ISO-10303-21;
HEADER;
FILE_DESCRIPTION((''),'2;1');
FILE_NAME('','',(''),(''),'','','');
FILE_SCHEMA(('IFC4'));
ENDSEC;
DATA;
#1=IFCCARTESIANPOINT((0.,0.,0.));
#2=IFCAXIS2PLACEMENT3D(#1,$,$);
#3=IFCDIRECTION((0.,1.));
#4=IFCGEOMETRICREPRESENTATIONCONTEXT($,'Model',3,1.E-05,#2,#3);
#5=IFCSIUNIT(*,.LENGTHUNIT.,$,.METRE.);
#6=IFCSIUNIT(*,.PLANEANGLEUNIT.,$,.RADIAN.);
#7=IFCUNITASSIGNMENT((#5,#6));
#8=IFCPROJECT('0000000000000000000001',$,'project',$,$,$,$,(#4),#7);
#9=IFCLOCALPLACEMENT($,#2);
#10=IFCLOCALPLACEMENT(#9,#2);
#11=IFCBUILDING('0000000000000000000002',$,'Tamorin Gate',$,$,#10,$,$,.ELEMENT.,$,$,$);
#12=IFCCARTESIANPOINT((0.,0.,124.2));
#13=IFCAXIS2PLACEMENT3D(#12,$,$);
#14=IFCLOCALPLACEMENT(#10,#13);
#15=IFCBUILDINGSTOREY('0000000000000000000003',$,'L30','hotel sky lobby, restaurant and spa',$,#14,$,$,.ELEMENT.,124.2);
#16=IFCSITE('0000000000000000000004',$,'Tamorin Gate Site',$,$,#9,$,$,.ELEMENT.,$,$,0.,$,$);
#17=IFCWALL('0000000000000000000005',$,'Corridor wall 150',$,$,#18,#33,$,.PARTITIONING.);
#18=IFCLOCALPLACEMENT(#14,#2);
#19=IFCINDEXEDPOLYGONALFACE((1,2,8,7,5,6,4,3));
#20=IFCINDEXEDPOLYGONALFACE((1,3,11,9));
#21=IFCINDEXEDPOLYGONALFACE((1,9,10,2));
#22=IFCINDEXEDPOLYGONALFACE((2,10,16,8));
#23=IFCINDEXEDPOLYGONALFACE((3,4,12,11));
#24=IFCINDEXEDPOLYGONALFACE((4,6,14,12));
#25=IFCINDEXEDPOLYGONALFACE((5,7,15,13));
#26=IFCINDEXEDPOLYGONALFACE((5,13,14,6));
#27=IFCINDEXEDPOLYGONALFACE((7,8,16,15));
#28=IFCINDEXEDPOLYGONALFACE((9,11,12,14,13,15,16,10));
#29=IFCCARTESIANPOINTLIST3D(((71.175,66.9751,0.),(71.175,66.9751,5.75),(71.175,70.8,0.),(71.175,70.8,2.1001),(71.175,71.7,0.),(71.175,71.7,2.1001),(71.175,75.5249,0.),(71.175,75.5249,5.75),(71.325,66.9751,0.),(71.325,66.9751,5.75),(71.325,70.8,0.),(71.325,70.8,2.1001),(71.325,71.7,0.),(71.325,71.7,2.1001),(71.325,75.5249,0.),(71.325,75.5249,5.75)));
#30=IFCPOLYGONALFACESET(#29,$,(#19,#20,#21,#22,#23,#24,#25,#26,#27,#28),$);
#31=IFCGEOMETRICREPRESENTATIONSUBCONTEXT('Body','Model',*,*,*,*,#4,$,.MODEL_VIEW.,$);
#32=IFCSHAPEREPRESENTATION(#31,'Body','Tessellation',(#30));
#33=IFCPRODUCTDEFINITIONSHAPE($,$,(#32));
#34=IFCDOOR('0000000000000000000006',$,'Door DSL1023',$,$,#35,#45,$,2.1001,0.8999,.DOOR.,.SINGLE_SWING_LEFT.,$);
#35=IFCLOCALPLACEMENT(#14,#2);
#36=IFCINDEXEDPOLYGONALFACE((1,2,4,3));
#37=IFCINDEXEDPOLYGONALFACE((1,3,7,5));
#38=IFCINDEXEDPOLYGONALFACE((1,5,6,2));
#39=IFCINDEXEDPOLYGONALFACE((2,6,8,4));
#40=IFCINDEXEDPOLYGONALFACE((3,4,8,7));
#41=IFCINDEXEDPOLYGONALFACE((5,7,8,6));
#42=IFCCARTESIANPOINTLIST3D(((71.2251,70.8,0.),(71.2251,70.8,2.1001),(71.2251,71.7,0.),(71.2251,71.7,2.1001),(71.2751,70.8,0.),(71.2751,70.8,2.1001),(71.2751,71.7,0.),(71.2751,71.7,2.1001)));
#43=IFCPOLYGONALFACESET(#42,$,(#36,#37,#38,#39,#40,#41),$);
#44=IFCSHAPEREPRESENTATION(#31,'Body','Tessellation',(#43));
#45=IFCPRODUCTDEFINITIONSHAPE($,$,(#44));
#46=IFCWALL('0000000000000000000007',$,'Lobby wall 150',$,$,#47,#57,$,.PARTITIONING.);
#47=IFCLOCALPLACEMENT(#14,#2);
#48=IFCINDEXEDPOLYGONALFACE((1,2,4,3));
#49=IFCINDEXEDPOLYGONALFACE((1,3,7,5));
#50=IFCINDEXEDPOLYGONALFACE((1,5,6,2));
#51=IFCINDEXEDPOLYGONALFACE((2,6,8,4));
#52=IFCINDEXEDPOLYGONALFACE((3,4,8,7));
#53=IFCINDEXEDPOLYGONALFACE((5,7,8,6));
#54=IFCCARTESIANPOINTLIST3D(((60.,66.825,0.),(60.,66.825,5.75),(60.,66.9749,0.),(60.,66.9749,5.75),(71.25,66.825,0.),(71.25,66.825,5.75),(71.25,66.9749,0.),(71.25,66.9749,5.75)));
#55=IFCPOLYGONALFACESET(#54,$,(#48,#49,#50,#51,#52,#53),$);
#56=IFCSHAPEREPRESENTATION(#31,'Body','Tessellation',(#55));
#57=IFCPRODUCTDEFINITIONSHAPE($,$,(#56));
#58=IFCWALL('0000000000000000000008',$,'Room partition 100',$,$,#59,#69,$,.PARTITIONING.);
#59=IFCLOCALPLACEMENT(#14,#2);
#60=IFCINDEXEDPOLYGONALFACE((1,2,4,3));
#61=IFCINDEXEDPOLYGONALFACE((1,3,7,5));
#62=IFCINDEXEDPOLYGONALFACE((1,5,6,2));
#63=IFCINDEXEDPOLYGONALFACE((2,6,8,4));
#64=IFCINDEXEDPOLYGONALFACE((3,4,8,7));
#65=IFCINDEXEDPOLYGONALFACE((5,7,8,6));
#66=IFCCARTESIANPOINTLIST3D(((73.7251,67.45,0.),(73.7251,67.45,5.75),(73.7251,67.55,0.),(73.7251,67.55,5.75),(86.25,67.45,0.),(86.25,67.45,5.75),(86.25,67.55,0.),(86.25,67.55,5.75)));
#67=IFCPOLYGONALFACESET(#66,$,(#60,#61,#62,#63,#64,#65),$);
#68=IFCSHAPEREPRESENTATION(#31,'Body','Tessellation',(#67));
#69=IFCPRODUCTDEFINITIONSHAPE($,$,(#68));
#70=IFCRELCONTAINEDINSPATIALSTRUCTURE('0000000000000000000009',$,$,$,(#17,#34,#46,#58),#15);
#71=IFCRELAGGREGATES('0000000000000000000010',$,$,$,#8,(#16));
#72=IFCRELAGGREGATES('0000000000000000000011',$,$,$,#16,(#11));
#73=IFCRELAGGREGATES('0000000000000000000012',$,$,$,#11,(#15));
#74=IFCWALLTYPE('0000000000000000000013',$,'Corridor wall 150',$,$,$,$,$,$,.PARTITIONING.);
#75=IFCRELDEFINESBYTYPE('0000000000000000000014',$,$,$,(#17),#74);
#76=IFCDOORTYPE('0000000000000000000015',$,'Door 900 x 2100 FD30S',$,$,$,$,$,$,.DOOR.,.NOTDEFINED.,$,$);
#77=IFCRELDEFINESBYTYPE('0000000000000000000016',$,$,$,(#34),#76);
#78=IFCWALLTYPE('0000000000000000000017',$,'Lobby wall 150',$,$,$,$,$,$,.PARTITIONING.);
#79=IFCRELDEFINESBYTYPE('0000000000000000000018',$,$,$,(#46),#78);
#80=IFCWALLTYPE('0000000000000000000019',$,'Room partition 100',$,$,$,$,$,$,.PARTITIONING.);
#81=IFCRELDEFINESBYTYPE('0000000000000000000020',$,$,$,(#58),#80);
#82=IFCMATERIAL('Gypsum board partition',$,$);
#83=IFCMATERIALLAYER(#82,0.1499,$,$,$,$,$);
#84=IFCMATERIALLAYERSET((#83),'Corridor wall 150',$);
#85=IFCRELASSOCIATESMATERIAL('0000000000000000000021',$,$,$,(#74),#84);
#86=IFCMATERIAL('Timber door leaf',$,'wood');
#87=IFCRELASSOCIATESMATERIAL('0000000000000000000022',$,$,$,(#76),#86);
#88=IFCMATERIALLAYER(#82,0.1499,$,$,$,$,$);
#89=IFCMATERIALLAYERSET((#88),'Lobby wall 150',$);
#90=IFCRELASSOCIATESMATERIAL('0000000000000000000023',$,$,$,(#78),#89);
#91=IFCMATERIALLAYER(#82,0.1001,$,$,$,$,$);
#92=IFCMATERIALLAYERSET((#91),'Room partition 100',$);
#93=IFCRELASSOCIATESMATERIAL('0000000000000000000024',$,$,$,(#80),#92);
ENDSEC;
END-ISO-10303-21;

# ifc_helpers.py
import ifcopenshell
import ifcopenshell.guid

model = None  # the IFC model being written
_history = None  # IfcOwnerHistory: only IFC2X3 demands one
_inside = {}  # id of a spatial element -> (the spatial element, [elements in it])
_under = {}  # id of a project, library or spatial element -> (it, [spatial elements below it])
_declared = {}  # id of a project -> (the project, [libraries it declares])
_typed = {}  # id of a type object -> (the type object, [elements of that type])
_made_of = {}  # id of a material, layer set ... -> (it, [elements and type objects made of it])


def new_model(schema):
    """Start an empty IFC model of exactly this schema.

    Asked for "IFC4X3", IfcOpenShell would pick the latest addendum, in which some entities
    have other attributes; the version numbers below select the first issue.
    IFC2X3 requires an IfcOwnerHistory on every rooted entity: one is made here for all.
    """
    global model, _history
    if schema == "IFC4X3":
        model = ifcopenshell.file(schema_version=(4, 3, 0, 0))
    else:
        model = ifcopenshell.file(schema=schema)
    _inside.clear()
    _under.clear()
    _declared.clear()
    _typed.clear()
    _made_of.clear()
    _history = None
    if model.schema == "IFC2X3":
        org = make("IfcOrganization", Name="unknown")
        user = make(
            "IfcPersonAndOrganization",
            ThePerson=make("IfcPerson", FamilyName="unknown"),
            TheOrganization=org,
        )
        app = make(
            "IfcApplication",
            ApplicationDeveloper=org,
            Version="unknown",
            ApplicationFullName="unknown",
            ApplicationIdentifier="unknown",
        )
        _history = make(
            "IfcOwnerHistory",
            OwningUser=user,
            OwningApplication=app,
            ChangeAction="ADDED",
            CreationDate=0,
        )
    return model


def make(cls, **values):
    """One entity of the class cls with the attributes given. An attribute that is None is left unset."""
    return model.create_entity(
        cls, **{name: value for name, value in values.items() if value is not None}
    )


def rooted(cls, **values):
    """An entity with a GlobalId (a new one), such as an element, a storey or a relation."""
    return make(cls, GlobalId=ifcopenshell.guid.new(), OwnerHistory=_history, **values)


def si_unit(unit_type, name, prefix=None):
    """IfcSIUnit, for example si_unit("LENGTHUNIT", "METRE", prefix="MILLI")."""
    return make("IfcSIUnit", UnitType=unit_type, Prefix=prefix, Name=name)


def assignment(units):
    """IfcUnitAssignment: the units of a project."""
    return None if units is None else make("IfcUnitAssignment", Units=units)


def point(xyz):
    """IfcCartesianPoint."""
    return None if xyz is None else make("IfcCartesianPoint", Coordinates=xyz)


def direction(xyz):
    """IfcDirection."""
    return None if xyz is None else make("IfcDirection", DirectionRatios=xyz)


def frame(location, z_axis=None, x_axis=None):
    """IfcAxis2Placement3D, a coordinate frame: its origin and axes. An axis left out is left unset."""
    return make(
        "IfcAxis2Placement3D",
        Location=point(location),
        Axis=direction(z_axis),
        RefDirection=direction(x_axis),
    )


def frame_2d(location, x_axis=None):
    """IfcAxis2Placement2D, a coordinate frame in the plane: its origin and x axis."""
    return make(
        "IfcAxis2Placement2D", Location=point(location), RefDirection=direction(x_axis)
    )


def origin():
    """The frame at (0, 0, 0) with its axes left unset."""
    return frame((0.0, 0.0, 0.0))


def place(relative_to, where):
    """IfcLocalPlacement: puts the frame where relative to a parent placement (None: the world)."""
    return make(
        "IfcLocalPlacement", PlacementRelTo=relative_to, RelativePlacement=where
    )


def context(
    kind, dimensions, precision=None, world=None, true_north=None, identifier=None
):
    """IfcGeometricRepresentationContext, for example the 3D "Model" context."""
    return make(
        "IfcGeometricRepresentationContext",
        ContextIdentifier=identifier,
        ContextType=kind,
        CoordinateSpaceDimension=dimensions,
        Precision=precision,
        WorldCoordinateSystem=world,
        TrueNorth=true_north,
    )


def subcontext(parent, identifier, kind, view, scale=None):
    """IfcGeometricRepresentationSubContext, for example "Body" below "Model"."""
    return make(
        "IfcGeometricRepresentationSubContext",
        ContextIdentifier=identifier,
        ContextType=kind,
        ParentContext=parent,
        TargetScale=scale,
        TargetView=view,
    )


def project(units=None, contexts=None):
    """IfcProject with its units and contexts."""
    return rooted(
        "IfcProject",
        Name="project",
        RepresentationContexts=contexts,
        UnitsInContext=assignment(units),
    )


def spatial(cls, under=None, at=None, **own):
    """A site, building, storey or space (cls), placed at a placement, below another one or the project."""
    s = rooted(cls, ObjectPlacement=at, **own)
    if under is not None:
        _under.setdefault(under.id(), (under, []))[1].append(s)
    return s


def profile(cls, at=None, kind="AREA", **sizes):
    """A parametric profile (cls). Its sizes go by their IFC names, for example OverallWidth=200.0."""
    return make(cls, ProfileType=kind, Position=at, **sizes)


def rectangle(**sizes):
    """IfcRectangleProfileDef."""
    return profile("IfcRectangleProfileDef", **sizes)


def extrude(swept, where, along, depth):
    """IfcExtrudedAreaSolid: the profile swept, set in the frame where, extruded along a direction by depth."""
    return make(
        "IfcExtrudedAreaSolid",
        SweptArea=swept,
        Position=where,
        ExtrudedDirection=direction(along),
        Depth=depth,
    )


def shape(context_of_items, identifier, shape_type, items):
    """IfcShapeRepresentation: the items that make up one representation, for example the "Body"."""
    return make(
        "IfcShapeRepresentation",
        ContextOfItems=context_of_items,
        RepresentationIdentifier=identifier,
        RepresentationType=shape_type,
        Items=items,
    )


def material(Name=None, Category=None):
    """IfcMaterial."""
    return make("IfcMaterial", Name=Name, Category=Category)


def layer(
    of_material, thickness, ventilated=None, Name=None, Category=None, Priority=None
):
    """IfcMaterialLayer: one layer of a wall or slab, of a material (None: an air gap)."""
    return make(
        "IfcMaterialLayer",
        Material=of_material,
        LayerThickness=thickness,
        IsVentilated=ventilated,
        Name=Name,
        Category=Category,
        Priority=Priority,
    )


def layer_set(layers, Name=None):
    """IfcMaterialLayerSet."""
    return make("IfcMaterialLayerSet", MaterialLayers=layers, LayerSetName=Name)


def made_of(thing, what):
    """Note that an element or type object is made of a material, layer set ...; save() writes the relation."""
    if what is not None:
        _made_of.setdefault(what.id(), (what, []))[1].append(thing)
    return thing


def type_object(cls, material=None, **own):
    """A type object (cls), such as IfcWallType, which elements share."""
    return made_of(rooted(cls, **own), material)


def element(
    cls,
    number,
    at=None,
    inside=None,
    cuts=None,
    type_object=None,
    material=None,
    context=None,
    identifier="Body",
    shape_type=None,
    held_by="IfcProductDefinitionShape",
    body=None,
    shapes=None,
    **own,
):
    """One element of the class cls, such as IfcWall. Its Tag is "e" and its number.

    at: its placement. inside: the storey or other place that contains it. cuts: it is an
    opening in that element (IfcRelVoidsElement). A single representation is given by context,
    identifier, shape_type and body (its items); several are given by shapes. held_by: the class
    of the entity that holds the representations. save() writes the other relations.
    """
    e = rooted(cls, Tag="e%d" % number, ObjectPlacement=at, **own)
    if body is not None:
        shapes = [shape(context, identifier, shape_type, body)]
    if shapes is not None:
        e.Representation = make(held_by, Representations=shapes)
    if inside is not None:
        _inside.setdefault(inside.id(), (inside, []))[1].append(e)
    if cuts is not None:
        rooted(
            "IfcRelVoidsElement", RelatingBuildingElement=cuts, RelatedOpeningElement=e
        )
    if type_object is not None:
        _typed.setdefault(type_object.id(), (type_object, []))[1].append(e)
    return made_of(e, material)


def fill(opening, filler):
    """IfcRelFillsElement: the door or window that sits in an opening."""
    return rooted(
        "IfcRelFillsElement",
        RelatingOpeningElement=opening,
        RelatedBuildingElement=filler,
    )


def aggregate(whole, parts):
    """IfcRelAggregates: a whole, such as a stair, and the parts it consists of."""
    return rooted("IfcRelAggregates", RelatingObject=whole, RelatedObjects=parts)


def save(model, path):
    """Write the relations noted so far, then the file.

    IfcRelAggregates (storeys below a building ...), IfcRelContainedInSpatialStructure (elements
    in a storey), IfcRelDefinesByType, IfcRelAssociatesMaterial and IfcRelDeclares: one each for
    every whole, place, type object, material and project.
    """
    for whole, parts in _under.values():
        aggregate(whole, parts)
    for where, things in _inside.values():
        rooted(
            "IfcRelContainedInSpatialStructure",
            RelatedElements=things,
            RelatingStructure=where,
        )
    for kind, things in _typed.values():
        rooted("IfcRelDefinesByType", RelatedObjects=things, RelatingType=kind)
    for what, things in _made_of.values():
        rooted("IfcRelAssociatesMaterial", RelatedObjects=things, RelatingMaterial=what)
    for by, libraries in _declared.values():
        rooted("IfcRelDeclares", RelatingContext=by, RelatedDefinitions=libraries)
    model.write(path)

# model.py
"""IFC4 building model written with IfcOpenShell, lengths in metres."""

from ifc_helpers import new_model, si_unit, direction, frame, frame_2d, origin, place, context, subcontext, project, spatial, rectangle, extrude, material, layer, layer_set, type_object, element, fill, save


model = new_model("IFC4")

# Units and contexts
model_context = context("Model", 3, precision=1e-05, world=origin(), true_north=direction((0.0, 1.0)))
body_context = subcontext(model_context, "Body", "Model", "MODEL_VIEW")
ifc_project = project(units=[si_unit("LENGTHUNIT", "METRE"), si_unit("PLANEANGLEUNIT", "RADIAN")], contexts=[model_context])

# Site, building, storey
site_placement = place(None, origin())
site = spatial("IfcSite", under=ifc_project, at=site_placement, Name="Tamorin Gate Site", CompositionType="ELEMENT", RefElevation=0.0)
building_placement = place(site_placement, origin())
building = spatial("IfcBuilding", under=site, at=building_placement, Name="Tamorin Gate", CompositionType="ELEMENT")
storey_placement = place(building_placement, frame((0.0, 0.0, 124.2)))
storey = spatial("IfcBuildingStorey", under=building, at=storey_placement, Name="L30", Description="hotel sky lobby, restaurant and spa", CompositionType="ELEMENT", Elevation=124.2)

# Wall, opening, door
ifc_material_1 = material(Name="Gypsum board partition")
ifc_layer_1 = layer(ifc_material_1, 0.1499)
ifc_layer_set_1 = layer_set([ifc_layer_1], Name="Corridor wall 150")
wall_type_1 = type_object("IfcWallType", Name="Corridor wall 150", PredefinedType="PARTITIONING", material=ifc_layer_set_1)
wall_1_placement = place(storey_placement, frame((71.25, 66.9751, 0.0), z_axis=(0.0, 0.0, 1.0), x_axis=(0.0, 1.0, 0.0)))
wall_1 = element("IfcWall", 1, at=wall_1_placement, inside=storey, type_object=wall_type_1, Name="Corridor wall 150", PredefinedType="PARTITIONING", context=body_context, shape_type="SweptSolid", body=[
    extrude(rectangle(XDim=8.5498, YDim=0.1499, at=frame_2d((4.2749, 0.0))), origin(), (0.0, 0.0, 1.0), 5.75),
])
opening_placement = place(wall_1_placement, frame((3.825, 0.0, 0.0)))
opening = element("IfcOpeningElement", 2, at=opening_placement, cuts=wall_1, PredefinedType="OPENING", context=body_context, shape_type="SweptSolid", body=[
    extrude(rectangle(XDim=0.8999, YDim=2.1001, at=frame_2d((0.45, 1.05))), frame((0.0, 0.085, 0.0), z_axis=(0.0, -1.0, 0.0), x_axis=(1.0, 0.0, 0.0)), (0.0, 0.0, 1.0), 0.1699),
])
ifc_material_2 = material(Name="Timber door leaf", Category="wood")
door_type = type_object("IfcDoorType", Name="Door 900 x 2100 FD30S", OperationType="NOTDEFINED", PredefinedType="DOOR", material=ifc_material_2)
door_placement = place(opening_placement, origin())
door = element("IfcDoor", 3, at=door_placement, inside=storey, type_object=door_type, Name="Door DSL1023", OperationType="SINGLE_SWING_LEFT", OverallHeight=2.1001, OverallWidth=0.8999, PredefinedType="DOOR", context=body_context, shape_type="SweptSolid", body=[
    extrude(rectangle(XDim=0.8999, YDim=2.1001, at=frame_2d((0.45, 1.05))), frame((0.0, 0.0249, 0.0), z_axis=(0.0, -1.0, 0.0), x_axis=(1.0, 0.0, 0.0)), (0.0, 0.0, 1.0), 0.05),
])
fill(opening, door)

# Walls
ifc_layer_2 = layer(ifc_material_1, 0.1499)
ifc_layer_set_2 = layer_set([ifc_layer_2], Name="Lobby wall 150")
wall_type_2 = type_object("IfcWallType", Name="Lobby wall 150", PredefinedType="PARTITIONING", material=ifc_layer_set_2)
wall_2_placement = place(storey_placement, frame((60.0, 66.8999, 0.0), z_axis=(0.0, 0.0, 1.0), x_axis=(1.0, 0.0, 0.0)))
element("IfcWall", 4, at=wall_2_placement, inside=storey, type_object=wall_type_2, Name="Lobby wall 150", PredefinedType="PARTITIONING", context=body_context, shape_type="SweptSolid", body=[
    extrude(rectangle(XDim=11.25, YDim=0.1499, at=frame_2d((5.625, 0.0))), origin(), (0.0, 0.0, 1.0), 5.75),
])
ifc_layer_3 = layer(ifc_material_1, 0.1001)
ifc_layer_set_3 = layer_set([ifc_layer_3], Name="Room partition 100")
wall_type_3 = type_object("IfcWallType", Name="Room partition 100", PredefinedType="PARTITIONING", material=ifc_layer_set_3)
wall_3_placement = place(storey_placement, frame((73.7251, 67.5, 0.0), z_axis=(0.0, 0.0, 1.0), x_axis=(1.0, 0.0, 0.0)))
element("IfcWall", 5, at=wall_3_placement, inside=storey, type_object=wall_type_3, Name="Room partition 100", PredefinedType="PARTITIONING", context=body_context, shape_type="SweptSolid", body=[
    extrude(rectangle(XDim=12.5249, YDim=0.1001, at=frame_2d((6.2625, 0.0))), origin(), (0.0, 0.0, 1.0), 5.75),
])

save(model, "model.ifc")
